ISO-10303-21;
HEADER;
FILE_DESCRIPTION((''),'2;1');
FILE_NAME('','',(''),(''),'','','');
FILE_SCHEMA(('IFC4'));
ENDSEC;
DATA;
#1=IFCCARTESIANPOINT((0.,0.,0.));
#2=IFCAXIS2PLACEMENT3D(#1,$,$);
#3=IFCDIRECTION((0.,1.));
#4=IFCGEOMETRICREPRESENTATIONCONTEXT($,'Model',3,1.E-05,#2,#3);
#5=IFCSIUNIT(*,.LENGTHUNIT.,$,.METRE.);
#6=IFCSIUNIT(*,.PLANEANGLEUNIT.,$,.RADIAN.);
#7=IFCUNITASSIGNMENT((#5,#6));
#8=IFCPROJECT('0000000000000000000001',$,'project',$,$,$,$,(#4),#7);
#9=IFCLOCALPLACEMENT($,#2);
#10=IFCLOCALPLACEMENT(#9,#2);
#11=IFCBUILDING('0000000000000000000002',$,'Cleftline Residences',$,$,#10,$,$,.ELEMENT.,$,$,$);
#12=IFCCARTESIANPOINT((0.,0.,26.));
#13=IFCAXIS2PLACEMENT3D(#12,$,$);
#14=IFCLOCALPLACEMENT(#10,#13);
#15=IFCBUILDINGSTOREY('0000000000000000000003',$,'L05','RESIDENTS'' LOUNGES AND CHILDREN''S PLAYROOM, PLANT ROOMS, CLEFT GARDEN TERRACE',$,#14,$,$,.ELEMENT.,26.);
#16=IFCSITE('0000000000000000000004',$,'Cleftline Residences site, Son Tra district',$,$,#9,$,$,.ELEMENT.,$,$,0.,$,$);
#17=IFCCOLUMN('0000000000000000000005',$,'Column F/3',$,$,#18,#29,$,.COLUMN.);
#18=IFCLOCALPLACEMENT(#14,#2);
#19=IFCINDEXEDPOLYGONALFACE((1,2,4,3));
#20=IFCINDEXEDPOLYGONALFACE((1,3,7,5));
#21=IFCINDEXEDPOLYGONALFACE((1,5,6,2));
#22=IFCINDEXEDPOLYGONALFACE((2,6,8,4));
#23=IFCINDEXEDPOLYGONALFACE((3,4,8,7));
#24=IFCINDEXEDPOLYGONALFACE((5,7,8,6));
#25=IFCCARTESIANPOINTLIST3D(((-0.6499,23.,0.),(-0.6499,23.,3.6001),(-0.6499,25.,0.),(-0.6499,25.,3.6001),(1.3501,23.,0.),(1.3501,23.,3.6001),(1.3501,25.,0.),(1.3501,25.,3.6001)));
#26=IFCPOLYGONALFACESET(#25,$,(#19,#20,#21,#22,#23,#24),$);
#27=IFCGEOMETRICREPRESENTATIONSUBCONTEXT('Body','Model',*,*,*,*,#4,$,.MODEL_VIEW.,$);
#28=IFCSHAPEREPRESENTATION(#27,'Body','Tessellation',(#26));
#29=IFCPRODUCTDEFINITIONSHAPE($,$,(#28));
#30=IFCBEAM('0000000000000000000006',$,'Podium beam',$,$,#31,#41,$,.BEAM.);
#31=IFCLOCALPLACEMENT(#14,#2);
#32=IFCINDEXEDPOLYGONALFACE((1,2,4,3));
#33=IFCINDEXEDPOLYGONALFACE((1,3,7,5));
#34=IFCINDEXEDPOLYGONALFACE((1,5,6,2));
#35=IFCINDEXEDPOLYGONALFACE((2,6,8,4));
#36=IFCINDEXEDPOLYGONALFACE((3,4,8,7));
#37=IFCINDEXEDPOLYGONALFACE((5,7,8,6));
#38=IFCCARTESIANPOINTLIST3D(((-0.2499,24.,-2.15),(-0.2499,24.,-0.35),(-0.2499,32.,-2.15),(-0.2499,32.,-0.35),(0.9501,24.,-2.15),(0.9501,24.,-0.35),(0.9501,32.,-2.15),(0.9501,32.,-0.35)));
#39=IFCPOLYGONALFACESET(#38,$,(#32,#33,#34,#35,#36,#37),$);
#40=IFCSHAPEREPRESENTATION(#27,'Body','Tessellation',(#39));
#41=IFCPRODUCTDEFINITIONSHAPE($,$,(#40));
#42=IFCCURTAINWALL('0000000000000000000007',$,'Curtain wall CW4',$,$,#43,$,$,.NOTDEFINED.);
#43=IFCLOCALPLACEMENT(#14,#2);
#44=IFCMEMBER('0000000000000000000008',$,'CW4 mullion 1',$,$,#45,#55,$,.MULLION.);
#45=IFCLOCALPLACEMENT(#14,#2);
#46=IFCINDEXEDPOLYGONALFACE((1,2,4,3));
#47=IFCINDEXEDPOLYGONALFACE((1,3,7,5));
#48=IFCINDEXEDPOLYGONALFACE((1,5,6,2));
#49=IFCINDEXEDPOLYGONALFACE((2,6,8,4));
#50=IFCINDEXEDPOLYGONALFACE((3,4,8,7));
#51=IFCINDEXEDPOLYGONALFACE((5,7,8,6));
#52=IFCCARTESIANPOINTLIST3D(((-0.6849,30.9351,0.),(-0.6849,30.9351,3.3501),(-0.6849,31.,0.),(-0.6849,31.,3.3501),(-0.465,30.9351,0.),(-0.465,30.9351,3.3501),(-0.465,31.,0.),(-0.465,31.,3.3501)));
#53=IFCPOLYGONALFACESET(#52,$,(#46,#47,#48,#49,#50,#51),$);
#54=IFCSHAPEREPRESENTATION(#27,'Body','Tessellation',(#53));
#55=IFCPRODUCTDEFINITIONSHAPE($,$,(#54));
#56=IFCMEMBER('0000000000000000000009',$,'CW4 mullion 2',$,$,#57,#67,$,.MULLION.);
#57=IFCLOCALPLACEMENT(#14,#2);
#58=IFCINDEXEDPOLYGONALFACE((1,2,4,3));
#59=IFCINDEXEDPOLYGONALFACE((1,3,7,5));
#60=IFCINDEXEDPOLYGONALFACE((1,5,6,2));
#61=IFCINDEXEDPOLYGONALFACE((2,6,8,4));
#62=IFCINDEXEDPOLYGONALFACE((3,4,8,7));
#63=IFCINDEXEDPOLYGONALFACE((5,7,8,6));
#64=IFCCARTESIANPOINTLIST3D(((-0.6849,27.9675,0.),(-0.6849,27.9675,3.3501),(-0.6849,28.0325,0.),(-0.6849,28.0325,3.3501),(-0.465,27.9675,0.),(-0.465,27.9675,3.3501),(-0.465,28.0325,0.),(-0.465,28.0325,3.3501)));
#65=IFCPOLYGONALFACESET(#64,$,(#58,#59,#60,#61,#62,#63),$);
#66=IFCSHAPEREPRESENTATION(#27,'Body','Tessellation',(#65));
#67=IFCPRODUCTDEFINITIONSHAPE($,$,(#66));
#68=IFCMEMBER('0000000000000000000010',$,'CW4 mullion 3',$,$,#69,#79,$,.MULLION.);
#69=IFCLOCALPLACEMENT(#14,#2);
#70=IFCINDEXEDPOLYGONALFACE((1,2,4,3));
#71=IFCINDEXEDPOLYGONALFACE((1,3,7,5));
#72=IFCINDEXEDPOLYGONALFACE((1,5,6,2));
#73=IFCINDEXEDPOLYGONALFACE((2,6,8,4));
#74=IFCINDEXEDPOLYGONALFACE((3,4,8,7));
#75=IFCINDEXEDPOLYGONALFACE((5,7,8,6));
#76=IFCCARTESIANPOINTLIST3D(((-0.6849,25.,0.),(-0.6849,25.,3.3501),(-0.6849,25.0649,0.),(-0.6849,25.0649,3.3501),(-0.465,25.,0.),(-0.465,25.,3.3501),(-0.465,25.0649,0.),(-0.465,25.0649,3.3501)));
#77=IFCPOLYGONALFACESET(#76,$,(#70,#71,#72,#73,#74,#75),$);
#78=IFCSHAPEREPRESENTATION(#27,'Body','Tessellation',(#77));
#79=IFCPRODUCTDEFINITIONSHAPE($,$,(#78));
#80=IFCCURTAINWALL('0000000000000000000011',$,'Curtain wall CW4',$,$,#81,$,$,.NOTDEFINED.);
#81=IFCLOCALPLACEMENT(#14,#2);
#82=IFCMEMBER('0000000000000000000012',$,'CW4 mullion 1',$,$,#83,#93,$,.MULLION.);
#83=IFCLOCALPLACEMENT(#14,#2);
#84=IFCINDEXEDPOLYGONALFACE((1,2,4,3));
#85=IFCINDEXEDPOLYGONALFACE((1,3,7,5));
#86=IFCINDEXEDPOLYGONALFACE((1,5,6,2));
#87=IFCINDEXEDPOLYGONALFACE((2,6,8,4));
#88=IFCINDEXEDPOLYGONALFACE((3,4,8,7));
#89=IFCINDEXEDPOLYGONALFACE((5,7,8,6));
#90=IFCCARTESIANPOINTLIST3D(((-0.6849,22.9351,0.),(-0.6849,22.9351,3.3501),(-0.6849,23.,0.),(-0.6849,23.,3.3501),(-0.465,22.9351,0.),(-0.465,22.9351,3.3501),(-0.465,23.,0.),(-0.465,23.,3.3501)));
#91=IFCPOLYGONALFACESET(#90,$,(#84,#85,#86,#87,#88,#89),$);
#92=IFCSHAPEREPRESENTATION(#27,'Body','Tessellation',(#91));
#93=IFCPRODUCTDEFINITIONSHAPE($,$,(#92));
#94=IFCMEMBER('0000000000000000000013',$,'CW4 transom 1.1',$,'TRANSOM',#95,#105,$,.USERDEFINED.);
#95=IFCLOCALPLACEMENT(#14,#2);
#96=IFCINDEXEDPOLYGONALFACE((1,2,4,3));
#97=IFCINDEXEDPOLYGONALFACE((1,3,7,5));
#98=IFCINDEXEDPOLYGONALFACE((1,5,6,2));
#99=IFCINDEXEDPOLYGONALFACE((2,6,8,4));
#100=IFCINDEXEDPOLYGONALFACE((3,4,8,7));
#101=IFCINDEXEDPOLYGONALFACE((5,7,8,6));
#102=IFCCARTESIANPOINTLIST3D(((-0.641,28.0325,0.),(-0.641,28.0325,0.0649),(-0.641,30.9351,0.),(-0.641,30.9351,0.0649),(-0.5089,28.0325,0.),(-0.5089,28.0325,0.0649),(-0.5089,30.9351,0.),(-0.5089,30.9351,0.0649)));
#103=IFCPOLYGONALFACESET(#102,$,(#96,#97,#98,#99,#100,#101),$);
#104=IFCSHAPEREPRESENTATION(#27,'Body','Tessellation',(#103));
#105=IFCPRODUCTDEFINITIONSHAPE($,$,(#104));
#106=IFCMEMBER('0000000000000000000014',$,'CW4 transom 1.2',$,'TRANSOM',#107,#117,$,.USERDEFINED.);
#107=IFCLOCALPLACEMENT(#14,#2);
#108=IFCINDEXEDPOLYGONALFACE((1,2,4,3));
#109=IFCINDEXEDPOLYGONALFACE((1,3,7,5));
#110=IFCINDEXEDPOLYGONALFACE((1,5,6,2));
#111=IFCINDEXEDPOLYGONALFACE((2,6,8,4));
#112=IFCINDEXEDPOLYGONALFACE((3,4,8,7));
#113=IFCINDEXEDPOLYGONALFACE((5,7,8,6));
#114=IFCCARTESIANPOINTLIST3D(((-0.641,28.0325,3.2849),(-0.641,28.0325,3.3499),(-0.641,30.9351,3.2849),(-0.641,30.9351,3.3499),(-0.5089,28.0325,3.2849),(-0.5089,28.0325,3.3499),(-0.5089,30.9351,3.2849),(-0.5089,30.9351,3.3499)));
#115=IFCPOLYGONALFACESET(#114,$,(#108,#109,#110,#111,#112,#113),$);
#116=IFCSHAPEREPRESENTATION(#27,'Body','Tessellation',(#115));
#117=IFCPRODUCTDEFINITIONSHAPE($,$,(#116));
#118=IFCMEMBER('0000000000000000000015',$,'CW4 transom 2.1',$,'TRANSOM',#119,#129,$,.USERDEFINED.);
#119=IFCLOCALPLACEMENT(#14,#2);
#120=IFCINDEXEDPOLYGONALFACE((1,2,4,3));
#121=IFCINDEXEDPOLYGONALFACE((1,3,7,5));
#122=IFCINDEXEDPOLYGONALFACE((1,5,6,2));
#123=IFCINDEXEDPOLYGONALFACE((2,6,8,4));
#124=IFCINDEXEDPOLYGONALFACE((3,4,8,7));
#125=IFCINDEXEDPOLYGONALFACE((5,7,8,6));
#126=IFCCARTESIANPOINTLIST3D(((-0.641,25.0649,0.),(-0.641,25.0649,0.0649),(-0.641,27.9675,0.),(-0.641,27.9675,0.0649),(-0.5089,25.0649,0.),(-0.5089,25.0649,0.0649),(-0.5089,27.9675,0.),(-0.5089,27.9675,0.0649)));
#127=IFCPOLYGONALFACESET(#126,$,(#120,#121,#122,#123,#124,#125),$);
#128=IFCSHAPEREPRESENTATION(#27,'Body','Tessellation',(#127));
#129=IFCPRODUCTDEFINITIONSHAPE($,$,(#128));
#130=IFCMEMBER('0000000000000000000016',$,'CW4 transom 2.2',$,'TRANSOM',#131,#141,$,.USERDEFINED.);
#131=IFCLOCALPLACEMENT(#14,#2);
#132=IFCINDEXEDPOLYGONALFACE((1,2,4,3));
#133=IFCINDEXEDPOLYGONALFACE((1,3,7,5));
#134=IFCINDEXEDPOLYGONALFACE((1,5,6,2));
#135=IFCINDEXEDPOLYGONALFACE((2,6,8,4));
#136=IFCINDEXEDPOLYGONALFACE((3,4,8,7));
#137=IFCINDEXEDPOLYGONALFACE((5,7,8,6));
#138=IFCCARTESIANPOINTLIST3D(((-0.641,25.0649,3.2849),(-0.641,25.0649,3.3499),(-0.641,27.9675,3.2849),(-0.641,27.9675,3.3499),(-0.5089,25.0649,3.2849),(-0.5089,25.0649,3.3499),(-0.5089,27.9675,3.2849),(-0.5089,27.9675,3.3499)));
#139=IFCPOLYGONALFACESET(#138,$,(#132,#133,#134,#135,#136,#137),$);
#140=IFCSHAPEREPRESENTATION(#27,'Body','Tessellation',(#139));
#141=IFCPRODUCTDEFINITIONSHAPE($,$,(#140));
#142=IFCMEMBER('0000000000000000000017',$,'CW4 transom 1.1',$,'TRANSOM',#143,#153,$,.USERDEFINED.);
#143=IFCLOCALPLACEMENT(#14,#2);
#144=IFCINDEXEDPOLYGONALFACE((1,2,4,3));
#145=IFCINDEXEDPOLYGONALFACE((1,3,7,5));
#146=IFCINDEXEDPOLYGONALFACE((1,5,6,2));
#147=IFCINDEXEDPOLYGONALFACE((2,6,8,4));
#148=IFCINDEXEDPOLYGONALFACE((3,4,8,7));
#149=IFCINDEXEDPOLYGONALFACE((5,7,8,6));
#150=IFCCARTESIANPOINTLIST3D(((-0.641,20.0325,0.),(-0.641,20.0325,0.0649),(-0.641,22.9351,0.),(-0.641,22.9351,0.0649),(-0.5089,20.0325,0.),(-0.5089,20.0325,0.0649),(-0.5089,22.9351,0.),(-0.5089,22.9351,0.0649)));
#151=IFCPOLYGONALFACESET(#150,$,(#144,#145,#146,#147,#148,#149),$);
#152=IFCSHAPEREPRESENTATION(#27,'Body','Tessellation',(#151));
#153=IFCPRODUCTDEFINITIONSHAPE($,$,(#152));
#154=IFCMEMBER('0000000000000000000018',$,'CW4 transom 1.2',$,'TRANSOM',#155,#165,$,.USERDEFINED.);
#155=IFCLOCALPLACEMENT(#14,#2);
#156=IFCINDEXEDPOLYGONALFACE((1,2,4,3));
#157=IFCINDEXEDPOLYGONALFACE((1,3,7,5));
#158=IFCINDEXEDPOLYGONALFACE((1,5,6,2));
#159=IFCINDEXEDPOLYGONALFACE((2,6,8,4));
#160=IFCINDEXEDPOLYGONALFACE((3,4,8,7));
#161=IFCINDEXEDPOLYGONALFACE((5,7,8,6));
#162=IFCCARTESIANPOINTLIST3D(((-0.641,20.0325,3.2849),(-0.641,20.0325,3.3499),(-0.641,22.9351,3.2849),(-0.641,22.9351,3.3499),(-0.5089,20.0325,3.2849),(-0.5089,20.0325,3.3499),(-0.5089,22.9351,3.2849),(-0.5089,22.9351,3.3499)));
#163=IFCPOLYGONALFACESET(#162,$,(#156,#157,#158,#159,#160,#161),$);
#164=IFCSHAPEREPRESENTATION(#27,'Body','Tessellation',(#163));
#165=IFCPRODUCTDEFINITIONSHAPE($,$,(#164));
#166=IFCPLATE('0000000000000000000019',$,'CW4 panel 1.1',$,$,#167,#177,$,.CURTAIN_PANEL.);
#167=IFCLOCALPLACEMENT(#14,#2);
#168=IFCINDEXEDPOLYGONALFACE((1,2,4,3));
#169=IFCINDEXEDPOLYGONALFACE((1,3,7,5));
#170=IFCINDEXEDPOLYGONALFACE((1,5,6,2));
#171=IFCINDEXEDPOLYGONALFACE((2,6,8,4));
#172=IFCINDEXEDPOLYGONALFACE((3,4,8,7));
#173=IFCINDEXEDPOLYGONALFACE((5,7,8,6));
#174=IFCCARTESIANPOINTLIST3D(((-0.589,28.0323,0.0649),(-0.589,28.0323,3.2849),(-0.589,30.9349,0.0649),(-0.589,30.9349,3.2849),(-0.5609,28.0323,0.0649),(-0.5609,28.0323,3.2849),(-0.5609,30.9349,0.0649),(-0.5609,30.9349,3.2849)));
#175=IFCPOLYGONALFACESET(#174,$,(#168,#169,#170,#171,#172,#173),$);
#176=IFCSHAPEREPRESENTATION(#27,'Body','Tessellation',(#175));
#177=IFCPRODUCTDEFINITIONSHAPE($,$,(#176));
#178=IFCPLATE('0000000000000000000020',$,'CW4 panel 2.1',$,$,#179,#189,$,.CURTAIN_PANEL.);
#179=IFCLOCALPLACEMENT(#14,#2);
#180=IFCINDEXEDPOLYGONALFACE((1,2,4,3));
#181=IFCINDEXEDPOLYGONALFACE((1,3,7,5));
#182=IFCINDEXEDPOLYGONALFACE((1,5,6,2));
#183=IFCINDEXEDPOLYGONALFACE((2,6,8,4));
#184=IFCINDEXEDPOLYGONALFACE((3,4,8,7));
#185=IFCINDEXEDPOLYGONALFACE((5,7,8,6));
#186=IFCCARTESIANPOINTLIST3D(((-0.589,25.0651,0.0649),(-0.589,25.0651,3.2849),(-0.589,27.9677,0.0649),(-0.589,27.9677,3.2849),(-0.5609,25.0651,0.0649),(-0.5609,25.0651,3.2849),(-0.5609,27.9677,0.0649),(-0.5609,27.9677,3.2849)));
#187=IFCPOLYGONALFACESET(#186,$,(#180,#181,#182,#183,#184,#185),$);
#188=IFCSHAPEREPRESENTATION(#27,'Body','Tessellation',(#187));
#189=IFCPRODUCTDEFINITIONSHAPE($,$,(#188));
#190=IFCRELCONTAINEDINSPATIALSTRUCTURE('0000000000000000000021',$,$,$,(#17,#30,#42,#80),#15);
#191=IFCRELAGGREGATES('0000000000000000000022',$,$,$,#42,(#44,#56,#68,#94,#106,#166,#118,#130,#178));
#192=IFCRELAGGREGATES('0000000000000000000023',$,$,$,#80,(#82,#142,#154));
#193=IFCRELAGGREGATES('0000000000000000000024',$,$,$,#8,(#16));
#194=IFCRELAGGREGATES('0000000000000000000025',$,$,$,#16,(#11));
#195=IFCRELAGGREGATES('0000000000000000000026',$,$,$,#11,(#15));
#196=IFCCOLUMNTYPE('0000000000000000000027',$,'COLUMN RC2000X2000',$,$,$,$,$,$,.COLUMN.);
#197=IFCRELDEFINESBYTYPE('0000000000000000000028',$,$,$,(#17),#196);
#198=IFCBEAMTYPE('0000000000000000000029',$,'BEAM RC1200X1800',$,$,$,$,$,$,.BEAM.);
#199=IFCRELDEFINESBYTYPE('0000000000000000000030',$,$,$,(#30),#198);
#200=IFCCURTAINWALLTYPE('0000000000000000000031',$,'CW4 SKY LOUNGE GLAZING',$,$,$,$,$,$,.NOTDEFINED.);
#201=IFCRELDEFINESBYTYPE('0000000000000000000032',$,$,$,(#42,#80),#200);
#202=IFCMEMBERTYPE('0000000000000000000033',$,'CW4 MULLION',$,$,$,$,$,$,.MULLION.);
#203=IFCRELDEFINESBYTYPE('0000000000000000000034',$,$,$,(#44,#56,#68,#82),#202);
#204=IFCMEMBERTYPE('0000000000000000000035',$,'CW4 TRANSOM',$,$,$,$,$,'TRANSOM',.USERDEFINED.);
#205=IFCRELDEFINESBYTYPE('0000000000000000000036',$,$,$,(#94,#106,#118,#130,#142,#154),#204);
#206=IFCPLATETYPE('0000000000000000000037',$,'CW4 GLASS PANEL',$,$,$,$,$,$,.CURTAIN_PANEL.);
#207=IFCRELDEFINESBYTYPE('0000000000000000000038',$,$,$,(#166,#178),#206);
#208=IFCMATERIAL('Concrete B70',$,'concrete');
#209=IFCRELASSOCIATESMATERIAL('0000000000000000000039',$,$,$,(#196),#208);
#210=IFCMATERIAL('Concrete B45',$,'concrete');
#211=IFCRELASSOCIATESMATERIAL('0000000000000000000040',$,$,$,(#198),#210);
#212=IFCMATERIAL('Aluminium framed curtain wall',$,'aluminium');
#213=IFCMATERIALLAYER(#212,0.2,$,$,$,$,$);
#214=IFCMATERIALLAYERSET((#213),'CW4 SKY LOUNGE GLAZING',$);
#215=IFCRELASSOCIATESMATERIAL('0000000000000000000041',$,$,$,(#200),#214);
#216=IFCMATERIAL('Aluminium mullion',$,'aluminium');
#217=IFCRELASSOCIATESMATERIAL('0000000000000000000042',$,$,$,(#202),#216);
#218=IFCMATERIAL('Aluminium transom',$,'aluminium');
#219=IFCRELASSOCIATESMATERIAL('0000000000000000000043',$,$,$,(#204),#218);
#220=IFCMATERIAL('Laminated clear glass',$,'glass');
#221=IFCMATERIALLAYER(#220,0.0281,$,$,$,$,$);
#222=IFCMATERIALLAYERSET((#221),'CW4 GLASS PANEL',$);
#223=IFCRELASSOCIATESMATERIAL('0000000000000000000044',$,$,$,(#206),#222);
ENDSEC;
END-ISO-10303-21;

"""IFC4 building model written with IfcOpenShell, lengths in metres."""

from ifc_helpers import new_model, si_unit, direction, frame, origin, origin_2d, place, context, subcontext, project, spatial, rectangle, extrude, material, layer, layer_set, material_profile, profile_set, type_object, element, aggregate, save


model = new_model("IFC4")

# Units and contexts
model_context = context("Model", 3, precision=1e-05, world=origin(), true_north=direction((0.0, 1.0)))
body_context = subcontext(model_context, "Body", "Model", "MODEL_VIEW")
ifc_project = project(units=[si_unit("LENGTHUNIT", "METRE"), si_unit("PLANEANGLEUNIT", "RADIAN")], contexts=[model_context])

# Site, building, storey
site_placement = place(None, origin())
site = spatial("IfcSite", under=ifc_project, at=site_placement, Name="Cleftline Residences site, Son Tra district", CompositionType="ELEMENT", RefElevation=0.0)
building_placement = place(site_placement, origin())
building = spatial("IfcBuilding", under=site, at=building_placement, Name="Cleftline Residences", CompositionType="ELEMENT")
storey_placement = place(building_placement, frame((0.0, 0.0, 26.0)))
storey = spatial("IfcBuildingStorey", under=building, at=storey_placement, Name="L05", Description="RESIDENTS' LOUNGES AND CHILDREN'S PLAYROOM, PLANT ROOMS, CLEFT GARDEN TERRACE", CompositionType="ELEMENT", Elevation=26.0)

# Column
ifc_material_1 = material(Name="Concrete B70", Category="concrete")
ifc_material_profile_1 = material_profile(ifc_material_1, rectangle(XDim=2.0, YDim=2.0, at=origin_2d()))
ifc_profile_set_1 = profile_set([ifc_material_profile_1], Name="Concrete B70")
column_type = type_object("IfcColumnType", Name="COLUMN RC2000X2000", PredefinedType="COLUMN", material=ifc_profile_set_1)
column_placement = place(storey_placement, frame((0.3501, 24.0, 0.0), z_axis=(0.0, 0.0, 1.0), x_axis=(1.0, 0.0, 0.0)))
element("IfcColumn", 1, at=column_placement, inside=storey, type_object=column_type, Name="Column F/3", PredefinedType="COLUMN", context=body_context, shape_type="SweptSolid", body=[
    extrude(rectangle(XDim=2.0, YDim=2.0, at=origin_2d()), origin(), (0.0, 0.0, 1.0), 3.6001),
])

# Beam
ifc_material_2 = material(Name="Concrete B45", Category="concrete")
ifc_material_profile_2 = material_profile(ifc_material_2, rectangle(XDim=1.2, YDim=1.8, at=origin_2d()))
ifc_profile_set_2 = profile_set([ifc_material_profile_2], Name="Concrete B45")
beam_type = type_object("IfcBeamType", Name="BEAM RC1200X1800", PredefinedType="BEAM", material=ifc_profile_set_2)
beam_placement = place(storey_placement, frame((0.3501, 24.0, -1.25), z_axis=(0.0, 1.0, 0.0), x_axis=(-1.0, 0.0, 0.0)))
element("IfcBeam", 2, at=beam_placement, inside=storey, type_object=beam_type, Name="Podium beam", PredefinedType="BEAM", context=body_context, shape_type="SweptSolid", body=[
    extrude(rectangle(XDim=1.2, YDim=1.8, at=origin_2d()), origin(), (0.0, 0.0, 1.0), 8.0),
])

# Curtain wall, members
ifc_material_3 = material(Name="Aluminium framed curtain wall", Category="aluminium")
ifc_layer_1 = layer(ifc_material_3, 0.2)
ifc_layer_set_1 = layer_set([ifc_layer_1], Name="CW4 SKY LOUNGE GLAZING")
curtain_wall_type = type_object("IfcCurtainWallType", Name="CW4 SKY LOUNGE GLAZING", PredefinedType="NOTDEFINED", material=ifc_layer_set_1)
curtain_wall_1_placement = place(storey_placement, origin())
curtain_wall_1 = element("IfcCurtainWall", 3, at=curtain_wall_1_placement, inside=storey, type_object=curtain_wall_type, Name="Curtain wall CW4", PredefinedType="NOTDEFINED")
ifc_material_4 = material(Name="Aluminium mullion", Category="aluminium")
ifc_material_profile_3 = material_profile(ifc_material_4, rectangle(XDim=0.22, YDim=0.0649, at=origin_2d()))
ifc_profile_set_3 = profile_set([ifc_material_profile_3], Name="Aluminium mullion")
member_type_1 = type_object("IfcMemberType", Name="CW4 MULLION", PredefinedType="MULLION", material=ifc_profile_set_3)
member_1_placement = place(storey_placement, frame((-0.575, 30.9675, 0.0), z_axis=(0.0, 0.0, 1.0), x_axis=(1.0, 0.0, 0.0)))
member_1 = element("IfcMember", 4, at=member_1_placement, type_object=member_type_1, Name="CW4 mullion 1", PredefinedType="MULLION", context=body_context, shape_type="SweptSolid", body=[
    extrude(rectangle(XDim=0.22, YDim=0.0649, at=origin_2d()), origin(), (0.0, 0.0, 1.0), 3.3501),
])
member_2_placement = place(storey_placement, frame((-0.575, 28.0, 0.0), z_axis=(0.0, 0.0, 1.0), x_axis=(1.0, 0.0, 0.0)))
member_2 = element("IfcMember", 5, at=member_2_placement, type_object=member_type_1, Name="CW4 mullion 2", PredefinedType="MULLION", context=body_context, shape_type="SweptSolid", body=[
    extrude(rectangle(XDim=0.22, YDim=0.0649, at=origin_2d()), origin(), (0.0, 0.0, 1.0), 3.3501),
])
member_3_placement = place(storey_placement, frame((-0.575, 25.0325, 0.0), z_axis=(0.0, 0.0, 1.0), x_axis=(1.0, 0.0, 0.0)))
member_3 = element("IfcMember", 6, at=member_3_placement, type_object=member_type_1, Name="CW4 mullion 3", PredefinedType="MULLION", context=body_context, shape_type="SweptSolid", body=[
    extrude(rectangle(XDim=0.22, YDim=0.0649, at=origin_2d()), origin(), (0.0, 0.0, 1.0), 3.3501),
])

# Curtain wall, member
curtain_wall_2_placement = place(storey_placement, origin())
curtain_wall_2 = element("IfcCurtainWall", 7, at=curtain_wall_2_placement, inside=storey, type_object=curtain_wall_type, Name="Curtain wall CW4", PredefinedType="NOTDEFINED")
member_4_placement = place(storey_placement, frame((-0.575, 22.9675, 0.0), z_axis=(0.0, 0.0, 1.0), x_axis=(1.0, 0.0, 0.0)))
member_4 = element("IfcMember", 8, at=member_4_placement, type_object=member_type_1, Name="CW4 mullion 1", PredefinedType="MULLION", context=body_context, shape_type="SweptSolid", body=[
    extrude(rectangle(XDim=0.22, YDim=0.0649, at=origin_2d()), origin(), (0.0, 0.0, 1.0), 3.3501),
])

# Members
ifc_material_5 = material(Name="Aluminium transom", Category="aluminium")
ifc_material_profile_4 = material_profile(ifc_material_5, rectangle(XDim=0.1321, YDim=0.0649, at=origin_2d()))
ifc_profile_set_4 = profile_set([ifc_material_profile_4], Name="Aluminium transom")
member_type_2 = type_object("IfcMemberType", Name="CW4 TRANSOM", ElementType="TRANSOM", PredefinedType="USERDEFINED", material=ifc_profile_set_4)
member_5_placement = place(storey_placement, frame((-0.575, 30.9351, 0.0325), z_axis=(0.0, -1.0, 0.0), x_axis=(1.0, 0.0, 0.0)))
member_5 = element("IfcMember", 9, at=member_5_placement, type_object=member_type_2, Name="CW4 transom 1.1", ObjectType="TRANSOM", PredefinedType="USERDEFINED", context=body_context, shape_type="SweptSolid", body=[
    extrude(rectangle(XDim=0.1321, YDim=0.0649, at=origin_2d()), origin(), (0.0, 0.0, 1.0), 2.9026),
])
member_6_placement = place(storey_placement, frame((-0.575, 30.9351, 3.3174), z_axis=(0.0, -1.0, 0.0), x_axis=(1.0, 0.0, 0.0)))
member_6 = element("IfcMember", 10, at=member_6_placement, type_object=member_type_2, Name="CW4 transom 1.2", ObjectType="TRANSOM", PredefinedType="USERDEFINED", context=body_context, shape_type="SweptSolid", body=[
    extrude(rectangle(XDim=0.1321, YDim=0.0649, at=origin_2d()), origin(), (0.0, 0.0, 1.0), 2.9026),
])
member_7_placement = place(storey_placement, frame((-0.575, 27.9675, 0.0325), z_axis=(0.0, -1.0, 0.0), x_axis=(1.0, 0.0, 0.0)))
member_7 = element("IfcMember", 11, at=member_7_placement, type_object=member_type_2, Name="CW4 transom 2.1", ObjectType="TRANSOM", PredefinedType="USERDEFINED", context=body_context, shape_type="SweptSolid", body=[
    extrude(rectangle(XDim=0.1321, YDim=0.0649, at=origin_2d()), origin(), (0.0, 0.0, 1.0), 2.9026),
])
member_8_placement = place(storey_placement, frame((-0.575, 27.9675, 3.3174), z_axis=(0.0, -1.0, 0.0), x_axis=(1.0, 0.0, 0.0)))
member_8 = element("IfcMember", 12, at=member_8_placement, type_object=member_type_2, Name="CW4 transom 2.2", ObjectType="TRANSOM", PredefinedType="USERDEFINED", context=body_context, shape_type="SweptSolid", body=[
    extrude(rectangle(XDim=0.1321, YDim=0.0649, at=origin_2d()), origin(), (0.0, 0.0, 1.0), 2.9026),
])
member_9_placement = place(storey_placement, frame((-0.575, 22.9351, 0.0325), z_axis=(0.0, -1.0, 0.0), x_axis=(1.0, 0.0, 0.0)))
member_9 = element("IfcMember", 13, at=member_9_placement, type_object=member_type_2, Name="CW4 transom 1.1", ObjectType="TRANSOM", PredefinedType="USERDEFINED", context=body_context, shape_type="SweptSolid", body=[
    extrude(rectangle(XDim=0.1321, YDim=0.0649, at=origin_2d()), origin(), (0.0, 0.0, 1.0), 2.9026),
])
member_10_placement = place(storey_placement, frame((-0.575, 22.9351, 3.3174), z_axis=(0.0, -1.0, 0.0), x_axis=(1.0, 0.0, 0.0)))
member_10 = element("IfcMember", 14, at=member_10_placement, type_object=member_type_2, Name="CW4 transom 1.2", ObjectType="TRANSOM", PredefinedType="USERDEFINED", context=body_context, shape_type="SweptSolid", body=[
    extrude(rectangle(XDim=0.1321, YDim=0.0649, at=origin_2d()), origin(), (0.0, 0.0, 1.0), 2.9026),
])

# Plates
ifc_material_6 = material(Name="Laminated clear glass", Category="glass")
ifc_layer_2 = layer(ifc_material_6, 0.0281)
ifc_layer_set_2 = layer_set([ifc_layer_2], Name="CW4 GLASS PANEL")
plate_type = type_object("IfcPlateType", Name="CW4 GLASS PANEL", PredefinedType="CURTAIN_PANEL", material=ifc_layer_set_2)
plate_1_placement = place(storey_placement, frame((-0.575, 29.4836, 0.0649), z_axis=(0.0, 0.0, 1.0), x_axis=(0.0, -1.0, 0.0)))
plate_1 = element("IfcPlate", 15, at=plate_1_placement, type_object=plate_type, Name="CW4 panel 1.1", PredefinedType="CURTAIN_PANEL", context=body_context, shape_type="SweptSolid", body=[
    extrude(rectangle(XDim=2.9026, YDim=0.0281, at=origin_2d()), origin(), (0.0, 0.0, 1.0), 3.22),
])
plate_2_placement = place(storey_placement, frame((-0.575, 26.5164, 0.0649), z_axis=(0.0, 0.0, 1.0), x_axis=(0.0, -1.0, 0.0)))
plate_2 = element("IfcPlate", 16, at=plate_2_placement, type_object=plate_type, Name="CW4 panel 2.1", PredefinedType="CURTAIN_PANEL", context=body_context, shape_type="SweptSolid", body=[
    extrude(rectangle(XDim=2.9026, YDim=0.0281, at=origin_2d()), origin(), (0.0, 0.0, 1.0), 3.22),
])
aggregate(curtain_wall_1, [member_1, member_2, member_3, member_5, member_6, plate_1, member_7, member_8, plate_2])
aggregate(curtain_wall_2, [member_4, member_9, member_10])

save(model, "model.ifc")
